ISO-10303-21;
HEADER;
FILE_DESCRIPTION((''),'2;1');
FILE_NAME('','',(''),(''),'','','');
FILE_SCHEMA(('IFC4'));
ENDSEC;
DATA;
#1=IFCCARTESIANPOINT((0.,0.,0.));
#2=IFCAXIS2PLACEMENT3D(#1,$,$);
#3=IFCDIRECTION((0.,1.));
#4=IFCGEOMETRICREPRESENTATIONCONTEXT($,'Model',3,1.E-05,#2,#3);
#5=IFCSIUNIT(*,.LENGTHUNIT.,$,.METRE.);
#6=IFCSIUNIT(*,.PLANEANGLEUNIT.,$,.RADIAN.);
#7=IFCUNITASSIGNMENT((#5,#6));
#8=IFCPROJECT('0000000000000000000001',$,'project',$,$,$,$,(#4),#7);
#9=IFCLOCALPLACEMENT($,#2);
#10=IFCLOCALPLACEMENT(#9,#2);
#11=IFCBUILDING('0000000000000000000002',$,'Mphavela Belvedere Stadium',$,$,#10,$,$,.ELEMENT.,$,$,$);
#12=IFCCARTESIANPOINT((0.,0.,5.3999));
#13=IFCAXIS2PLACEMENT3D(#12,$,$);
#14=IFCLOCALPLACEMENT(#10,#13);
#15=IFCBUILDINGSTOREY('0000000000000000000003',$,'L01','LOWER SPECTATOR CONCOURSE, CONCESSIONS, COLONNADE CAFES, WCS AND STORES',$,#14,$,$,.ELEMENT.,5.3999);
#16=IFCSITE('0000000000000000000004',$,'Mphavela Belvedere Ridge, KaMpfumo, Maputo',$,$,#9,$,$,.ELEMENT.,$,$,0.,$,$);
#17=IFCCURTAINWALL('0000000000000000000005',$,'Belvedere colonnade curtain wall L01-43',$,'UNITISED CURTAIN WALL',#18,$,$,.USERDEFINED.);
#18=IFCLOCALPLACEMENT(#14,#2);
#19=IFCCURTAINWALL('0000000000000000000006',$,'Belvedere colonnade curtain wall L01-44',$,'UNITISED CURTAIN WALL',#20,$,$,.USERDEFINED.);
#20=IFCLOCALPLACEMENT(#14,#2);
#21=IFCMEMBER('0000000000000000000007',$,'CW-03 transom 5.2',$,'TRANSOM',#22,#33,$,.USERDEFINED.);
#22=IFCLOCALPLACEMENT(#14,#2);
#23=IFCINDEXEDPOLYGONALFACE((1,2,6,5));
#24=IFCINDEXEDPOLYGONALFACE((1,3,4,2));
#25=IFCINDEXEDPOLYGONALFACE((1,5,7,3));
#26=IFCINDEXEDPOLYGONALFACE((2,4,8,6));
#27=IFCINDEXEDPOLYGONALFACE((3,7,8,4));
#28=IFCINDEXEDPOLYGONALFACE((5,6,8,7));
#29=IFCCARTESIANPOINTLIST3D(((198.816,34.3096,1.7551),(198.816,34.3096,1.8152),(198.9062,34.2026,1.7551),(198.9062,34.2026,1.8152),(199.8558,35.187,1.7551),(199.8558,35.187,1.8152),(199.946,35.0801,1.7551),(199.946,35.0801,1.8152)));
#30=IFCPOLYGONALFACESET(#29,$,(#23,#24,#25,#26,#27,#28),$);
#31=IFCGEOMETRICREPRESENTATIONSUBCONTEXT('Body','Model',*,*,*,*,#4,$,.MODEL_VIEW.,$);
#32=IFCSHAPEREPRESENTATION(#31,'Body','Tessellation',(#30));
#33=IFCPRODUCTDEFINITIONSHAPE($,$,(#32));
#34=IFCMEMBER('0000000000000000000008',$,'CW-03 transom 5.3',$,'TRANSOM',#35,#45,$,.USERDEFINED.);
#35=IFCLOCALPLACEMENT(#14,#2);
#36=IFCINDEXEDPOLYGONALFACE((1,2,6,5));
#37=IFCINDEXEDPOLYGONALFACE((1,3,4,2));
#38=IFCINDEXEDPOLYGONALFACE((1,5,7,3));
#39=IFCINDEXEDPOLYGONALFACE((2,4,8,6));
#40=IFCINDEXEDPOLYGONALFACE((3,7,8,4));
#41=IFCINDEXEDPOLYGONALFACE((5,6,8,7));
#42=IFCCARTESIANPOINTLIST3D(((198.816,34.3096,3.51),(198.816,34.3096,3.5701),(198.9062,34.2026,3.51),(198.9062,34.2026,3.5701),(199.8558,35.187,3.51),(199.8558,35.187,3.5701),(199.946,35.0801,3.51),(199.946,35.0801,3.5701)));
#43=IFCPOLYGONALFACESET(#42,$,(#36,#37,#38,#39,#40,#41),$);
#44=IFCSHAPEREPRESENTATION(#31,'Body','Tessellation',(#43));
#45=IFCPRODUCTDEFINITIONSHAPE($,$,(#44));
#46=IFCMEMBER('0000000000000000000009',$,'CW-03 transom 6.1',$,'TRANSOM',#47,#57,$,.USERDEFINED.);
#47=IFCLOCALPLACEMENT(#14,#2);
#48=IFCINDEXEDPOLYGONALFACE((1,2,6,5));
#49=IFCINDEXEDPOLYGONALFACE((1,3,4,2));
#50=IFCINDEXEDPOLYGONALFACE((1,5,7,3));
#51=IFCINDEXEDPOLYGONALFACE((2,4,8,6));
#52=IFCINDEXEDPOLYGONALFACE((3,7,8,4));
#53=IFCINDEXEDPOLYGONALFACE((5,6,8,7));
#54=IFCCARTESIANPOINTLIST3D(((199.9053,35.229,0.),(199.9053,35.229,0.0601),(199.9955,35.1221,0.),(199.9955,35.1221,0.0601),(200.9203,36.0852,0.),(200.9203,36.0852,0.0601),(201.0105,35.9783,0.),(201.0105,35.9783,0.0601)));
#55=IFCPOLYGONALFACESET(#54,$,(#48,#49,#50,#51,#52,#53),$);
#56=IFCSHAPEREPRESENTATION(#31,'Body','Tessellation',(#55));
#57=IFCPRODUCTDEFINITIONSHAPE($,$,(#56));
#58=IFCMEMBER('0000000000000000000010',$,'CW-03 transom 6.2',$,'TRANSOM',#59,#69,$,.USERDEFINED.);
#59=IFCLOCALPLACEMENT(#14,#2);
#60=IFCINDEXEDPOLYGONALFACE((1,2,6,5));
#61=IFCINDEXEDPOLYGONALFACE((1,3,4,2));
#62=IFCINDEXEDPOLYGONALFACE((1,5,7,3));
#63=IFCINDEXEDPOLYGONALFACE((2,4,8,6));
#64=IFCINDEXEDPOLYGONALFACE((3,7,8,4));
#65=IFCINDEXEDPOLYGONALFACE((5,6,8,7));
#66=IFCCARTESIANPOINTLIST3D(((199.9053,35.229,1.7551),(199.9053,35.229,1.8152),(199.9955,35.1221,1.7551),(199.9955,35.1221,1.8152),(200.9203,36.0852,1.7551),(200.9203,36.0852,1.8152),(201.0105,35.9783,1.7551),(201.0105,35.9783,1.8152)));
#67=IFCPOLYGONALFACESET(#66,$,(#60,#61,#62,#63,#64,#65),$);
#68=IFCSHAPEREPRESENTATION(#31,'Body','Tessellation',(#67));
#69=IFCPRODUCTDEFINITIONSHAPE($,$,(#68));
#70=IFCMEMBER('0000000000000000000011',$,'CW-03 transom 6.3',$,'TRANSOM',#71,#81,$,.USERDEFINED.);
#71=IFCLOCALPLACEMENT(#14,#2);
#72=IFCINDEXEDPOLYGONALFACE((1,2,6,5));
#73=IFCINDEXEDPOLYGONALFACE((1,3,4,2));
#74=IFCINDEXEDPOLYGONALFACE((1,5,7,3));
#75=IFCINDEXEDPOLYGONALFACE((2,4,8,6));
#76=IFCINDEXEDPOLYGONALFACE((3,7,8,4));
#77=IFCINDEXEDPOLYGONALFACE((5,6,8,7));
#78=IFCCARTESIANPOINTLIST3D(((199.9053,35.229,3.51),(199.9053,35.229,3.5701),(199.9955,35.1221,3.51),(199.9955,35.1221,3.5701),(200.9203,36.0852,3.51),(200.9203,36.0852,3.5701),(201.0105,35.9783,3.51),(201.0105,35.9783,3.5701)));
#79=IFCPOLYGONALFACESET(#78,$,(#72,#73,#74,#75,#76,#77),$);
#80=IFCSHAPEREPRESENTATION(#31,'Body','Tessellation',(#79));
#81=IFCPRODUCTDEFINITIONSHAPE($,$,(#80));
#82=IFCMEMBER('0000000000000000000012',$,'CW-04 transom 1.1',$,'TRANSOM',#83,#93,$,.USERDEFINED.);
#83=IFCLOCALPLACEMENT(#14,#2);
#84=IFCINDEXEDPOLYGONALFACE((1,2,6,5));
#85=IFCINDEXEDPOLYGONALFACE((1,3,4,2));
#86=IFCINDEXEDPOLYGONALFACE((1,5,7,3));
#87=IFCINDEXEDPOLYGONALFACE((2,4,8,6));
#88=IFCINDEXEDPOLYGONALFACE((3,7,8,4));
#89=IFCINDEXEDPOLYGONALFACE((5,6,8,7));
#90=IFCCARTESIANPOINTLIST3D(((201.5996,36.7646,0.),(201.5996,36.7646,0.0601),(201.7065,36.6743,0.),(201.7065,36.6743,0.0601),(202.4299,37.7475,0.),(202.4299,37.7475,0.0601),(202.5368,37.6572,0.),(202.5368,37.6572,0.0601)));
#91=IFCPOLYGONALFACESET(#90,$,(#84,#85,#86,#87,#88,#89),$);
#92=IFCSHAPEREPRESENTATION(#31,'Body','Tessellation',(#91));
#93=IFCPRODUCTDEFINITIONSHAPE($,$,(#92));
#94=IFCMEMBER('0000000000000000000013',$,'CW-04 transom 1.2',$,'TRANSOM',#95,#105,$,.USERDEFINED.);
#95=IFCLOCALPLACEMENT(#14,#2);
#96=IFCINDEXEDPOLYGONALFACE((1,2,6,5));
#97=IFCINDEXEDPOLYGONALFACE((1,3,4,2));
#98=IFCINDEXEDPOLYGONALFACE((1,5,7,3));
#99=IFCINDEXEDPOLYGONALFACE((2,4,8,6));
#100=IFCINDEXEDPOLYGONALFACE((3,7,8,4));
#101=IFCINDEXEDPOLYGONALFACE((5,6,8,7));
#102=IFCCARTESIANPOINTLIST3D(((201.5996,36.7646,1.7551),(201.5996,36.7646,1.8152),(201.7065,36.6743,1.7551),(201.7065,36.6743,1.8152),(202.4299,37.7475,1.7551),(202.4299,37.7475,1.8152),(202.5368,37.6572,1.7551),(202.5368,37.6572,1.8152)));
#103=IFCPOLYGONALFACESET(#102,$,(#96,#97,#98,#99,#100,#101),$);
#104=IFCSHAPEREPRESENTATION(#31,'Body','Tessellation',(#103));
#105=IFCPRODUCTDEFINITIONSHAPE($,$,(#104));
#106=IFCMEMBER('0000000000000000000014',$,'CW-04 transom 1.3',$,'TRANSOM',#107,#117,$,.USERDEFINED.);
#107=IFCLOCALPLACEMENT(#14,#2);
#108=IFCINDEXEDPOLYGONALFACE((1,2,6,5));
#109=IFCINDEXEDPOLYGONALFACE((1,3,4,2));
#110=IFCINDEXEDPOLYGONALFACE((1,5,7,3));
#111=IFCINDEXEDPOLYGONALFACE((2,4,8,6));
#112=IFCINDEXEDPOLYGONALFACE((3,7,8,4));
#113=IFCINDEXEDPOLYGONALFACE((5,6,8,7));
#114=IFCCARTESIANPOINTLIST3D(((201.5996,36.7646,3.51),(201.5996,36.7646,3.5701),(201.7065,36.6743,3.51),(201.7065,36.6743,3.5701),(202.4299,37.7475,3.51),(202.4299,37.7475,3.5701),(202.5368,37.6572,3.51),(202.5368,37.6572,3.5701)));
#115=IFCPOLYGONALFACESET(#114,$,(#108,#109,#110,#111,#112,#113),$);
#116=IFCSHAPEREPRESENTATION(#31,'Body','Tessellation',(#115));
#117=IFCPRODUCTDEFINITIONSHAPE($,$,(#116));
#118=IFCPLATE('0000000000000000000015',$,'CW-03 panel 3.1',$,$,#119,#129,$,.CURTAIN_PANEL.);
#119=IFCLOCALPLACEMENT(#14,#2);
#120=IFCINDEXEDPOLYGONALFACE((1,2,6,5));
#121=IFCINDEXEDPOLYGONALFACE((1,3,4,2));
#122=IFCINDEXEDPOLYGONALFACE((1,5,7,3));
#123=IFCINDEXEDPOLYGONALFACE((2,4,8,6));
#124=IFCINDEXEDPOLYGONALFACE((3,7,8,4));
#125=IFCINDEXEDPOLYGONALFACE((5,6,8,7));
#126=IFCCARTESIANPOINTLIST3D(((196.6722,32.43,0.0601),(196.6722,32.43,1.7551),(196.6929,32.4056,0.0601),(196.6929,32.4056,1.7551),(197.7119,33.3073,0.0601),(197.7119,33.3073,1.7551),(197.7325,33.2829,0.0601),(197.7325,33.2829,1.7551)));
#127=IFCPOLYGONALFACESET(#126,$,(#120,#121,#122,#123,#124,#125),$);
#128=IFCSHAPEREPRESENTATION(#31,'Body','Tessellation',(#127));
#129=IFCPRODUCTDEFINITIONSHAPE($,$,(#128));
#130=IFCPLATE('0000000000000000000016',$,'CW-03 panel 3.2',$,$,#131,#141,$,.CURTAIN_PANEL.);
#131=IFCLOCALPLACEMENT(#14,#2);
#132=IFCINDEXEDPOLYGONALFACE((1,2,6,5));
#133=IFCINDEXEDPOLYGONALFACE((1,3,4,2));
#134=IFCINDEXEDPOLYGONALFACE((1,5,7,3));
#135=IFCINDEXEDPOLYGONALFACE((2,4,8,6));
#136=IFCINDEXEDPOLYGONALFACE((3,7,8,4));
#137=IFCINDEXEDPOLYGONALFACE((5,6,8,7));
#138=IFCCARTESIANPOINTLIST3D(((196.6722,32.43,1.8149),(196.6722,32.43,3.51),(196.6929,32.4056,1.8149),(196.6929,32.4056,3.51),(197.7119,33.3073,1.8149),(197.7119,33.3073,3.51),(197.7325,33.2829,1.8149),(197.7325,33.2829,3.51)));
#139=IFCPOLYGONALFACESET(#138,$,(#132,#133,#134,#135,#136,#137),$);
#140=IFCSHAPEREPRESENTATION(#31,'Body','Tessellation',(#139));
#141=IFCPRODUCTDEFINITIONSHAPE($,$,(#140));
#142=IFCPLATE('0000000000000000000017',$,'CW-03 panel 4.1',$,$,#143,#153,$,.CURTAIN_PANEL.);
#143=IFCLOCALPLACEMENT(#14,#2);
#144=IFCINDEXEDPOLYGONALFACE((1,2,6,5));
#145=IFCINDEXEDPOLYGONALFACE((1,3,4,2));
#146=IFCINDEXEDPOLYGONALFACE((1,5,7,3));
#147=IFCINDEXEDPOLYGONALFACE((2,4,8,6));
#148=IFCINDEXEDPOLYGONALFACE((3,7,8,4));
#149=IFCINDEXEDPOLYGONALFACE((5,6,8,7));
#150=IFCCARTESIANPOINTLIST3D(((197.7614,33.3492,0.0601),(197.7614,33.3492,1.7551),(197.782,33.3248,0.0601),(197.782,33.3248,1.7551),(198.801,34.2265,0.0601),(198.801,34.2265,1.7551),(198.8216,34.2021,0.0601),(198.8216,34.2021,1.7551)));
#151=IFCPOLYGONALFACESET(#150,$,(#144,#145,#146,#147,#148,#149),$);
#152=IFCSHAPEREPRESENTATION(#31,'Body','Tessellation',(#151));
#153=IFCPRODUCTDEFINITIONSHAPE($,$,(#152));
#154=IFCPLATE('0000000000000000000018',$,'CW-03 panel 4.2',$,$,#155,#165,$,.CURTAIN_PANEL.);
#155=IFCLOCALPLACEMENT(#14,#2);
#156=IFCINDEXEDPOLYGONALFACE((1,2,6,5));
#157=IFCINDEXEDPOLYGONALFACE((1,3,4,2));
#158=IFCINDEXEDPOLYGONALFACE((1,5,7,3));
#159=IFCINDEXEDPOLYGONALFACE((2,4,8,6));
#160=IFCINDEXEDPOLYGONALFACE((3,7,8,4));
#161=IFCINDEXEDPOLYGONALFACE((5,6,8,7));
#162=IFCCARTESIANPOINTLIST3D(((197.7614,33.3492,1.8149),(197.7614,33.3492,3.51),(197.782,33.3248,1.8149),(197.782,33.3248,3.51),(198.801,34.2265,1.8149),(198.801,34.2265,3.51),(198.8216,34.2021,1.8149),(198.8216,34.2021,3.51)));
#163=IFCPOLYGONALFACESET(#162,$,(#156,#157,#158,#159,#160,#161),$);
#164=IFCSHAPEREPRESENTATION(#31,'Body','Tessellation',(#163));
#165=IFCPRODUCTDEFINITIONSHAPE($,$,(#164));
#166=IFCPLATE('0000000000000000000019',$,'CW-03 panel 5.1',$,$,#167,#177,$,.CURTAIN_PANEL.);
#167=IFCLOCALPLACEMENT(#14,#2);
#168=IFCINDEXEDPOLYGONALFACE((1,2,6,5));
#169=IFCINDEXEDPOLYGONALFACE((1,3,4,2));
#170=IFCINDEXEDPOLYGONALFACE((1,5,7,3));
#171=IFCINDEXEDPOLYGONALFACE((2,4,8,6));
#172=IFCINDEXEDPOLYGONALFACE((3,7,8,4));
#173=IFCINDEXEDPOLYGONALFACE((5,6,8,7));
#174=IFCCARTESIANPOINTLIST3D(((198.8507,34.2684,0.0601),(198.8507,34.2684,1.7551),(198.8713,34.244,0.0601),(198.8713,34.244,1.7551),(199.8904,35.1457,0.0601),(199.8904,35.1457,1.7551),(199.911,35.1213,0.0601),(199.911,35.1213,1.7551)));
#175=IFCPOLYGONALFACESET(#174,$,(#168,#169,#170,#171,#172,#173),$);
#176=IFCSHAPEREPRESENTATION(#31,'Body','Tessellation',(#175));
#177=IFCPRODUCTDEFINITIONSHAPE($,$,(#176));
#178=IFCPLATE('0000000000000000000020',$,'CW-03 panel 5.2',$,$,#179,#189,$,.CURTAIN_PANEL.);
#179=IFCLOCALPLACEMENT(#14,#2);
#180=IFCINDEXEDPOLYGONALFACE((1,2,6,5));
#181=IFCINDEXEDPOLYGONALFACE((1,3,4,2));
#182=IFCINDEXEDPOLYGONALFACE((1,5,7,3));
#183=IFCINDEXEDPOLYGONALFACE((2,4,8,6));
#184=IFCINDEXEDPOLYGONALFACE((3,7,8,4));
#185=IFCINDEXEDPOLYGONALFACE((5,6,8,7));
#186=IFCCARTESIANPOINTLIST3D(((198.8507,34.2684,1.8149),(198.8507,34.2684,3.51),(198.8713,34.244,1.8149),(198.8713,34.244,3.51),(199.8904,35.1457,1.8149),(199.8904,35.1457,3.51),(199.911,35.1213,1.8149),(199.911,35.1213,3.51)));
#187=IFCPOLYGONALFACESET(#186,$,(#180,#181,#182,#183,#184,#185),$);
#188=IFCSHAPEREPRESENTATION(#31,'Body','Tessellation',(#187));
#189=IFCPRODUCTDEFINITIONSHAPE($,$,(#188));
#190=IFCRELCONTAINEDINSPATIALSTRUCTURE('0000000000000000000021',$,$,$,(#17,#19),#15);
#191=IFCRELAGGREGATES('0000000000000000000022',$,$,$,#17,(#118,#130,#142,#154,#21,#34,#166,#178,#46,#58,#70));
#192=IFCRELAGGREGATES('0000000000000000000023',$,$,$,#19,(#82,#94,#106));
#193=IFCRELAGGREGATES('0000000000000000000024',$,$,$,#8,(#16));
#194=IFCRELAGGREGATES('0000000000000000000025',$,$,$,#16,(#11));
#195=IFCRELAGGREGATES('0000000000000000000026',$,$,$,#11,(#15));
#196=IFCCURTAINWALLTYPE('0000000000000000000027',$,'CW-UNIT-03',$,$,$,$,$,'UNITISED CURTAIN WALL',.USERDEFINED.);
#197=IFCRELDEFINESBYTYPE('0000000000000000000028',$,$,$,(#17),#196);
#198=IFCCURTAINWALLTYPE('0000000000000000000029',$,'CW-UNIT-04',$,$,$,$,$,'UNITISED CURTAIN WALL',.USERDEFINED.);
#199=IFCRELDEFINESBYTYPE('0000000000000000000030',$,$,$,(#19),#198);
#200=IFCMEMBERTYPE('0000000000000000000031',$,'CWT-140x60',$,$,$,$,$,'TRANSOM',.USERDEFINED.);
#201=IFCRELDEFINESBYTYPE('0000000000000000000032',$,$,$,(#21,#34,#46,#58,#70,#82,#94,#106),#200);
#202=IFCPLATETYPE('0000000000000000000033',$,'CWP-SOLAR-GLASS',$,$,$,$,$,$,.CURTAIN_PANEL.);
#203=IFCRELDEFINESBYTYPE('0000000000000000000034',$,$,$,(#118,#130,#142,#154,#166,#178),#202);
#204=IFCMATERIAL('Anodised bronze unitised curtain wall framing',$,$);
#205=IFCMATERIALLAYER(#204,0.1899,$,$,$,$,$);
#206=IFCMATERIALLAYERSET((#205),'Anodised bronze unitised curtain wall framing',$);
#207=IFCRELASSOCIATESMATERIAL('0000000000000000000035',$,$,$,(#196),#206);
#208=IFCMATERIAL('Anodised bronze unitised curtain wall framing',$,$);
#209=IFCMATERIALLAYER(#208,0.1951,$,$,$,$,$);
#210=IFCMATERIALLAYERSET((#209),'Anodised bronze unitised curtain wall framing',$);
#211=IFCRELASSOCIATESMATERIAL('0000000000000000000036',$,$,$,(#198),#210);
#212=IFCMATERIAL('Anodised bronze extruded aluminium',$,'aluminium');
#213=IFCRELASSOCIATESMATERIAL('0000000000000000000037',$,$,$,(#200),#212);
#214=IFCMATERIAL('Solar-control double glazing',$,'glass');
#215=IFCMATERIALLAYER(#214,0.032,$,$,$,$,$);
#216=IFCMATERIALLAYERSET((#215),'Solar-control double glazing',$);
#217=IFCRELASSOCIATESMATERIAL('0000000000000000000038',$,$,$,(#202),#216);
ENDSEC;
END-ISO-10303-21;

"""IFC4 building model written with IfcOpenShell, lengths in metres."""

from ifc_helpers import new_model, si_unit, direction, frame, origin, origin_2d, place, context, subcontext, project, spatial, rectangle, extrude, material, layer, layer_set, material_profile, profile_set, type_object, element, aggregate, save


model = new_model("IFC4")

# Units and contexts
model_context = context("Model", 3, precision=1e-05, world=origin(), true_north=direction((0.0, 1.0)))
body_context = subcontext(model_context, "Body", "Model", "MODEL_VIEW")
ifc_project = project(units=[si_unit("LENGTHUNIT", "METRE"), si_unit("PLANEANGLEUNIT", "RADIAN")], contexts=[model_context])

# Site, building, storey
site_placement = place(None, origin())
site = spatial("IfcSite", under=ifc_project, at=site_placement, Name="Mphavela Belvedere Ridge, KaMpfumo, Maputo", CompositionType="ELEMENT", RefElevation=0.0)
building_placement = place(site_placement, origin())
building = spatial("IfcBuilding", under=site, at=building_placement, Name="Mphavela Belvedere Stadium", CompositionType="ELEMENT")
storey_placement = place(building_placement, frame((0.0, 0.0, 5.3999)))
storey = spatial("IfcBuildingStorey", under=building, at=storey_placement, Name="L01", Description="LOWER SPECTATOR CONCOURSE, CONCESSIONS, COLONNADE CAFES, WCS AND STORES", CompositionType="ELEMENT", Elevation=5.3999)

# Curtain wall
ifc_material_1 = material(Name="Anodised bronze unitised curtain wall framing")
ifc_layer_1 = layer(ifc_material_1, 0.1899)
ifc_layer_set_1 = layer_set([ifc_layer_1], Name="Anodised bronze unitised curtain wall framing")
curtain_wall_type_1 = type_object("IfcCurtainWallType", Name="CW-UNIT-03", ElementType="UNITISED CURTAIN WALL", PredefinedType="USERDEFINED", material=ifc_layer_set_1)
curtain_wall_1_placement = place(storey_placement, origin())
curtain_wall_1 = element("IfcCurtainWall", 1, at=curtain_wall_1_placement, inside=storey, type_object=curtain_wall_type_1, Name="Belvedere colonnade curtain wall L01-43", ObjectType="UNITISED CURTAIN WALL", PredefinedType="USERDEFINED")

# Curtain wall
ifc_material_2 = material(Name="Anodised bronze unitised curtain wall framing")
ifc_layer_2 = layer(ifc_material_2, 0.1951)
ifc_layer_set_2 = layer_set([ifc_layer_2], Name="Anodised bronze unitised curtain wall framing")
curtain_wall_type_2 = type_object("IfcCurtainWallType", Name="CW-UNIT-04", ElementType="UNITISED CURTAIN WALL", PredefinedType="USERDEFINED", material=ifc_layer_set_2)
curtain_wall_2_placement = place(storey_placement, origin())
curtain_wall_2 = element("IfcCurtainWall", 2, at=curtain_wall_2_placement, inside=storey, type_object=curtain_wall_type_2, Name="Belvedere colonnade curtain wall L01-44", ObjectType="UNITISED CURTAIN WALL", PredefinedType="USERDEFINED")

# Members
ifc_material_3 = material(Name="Anodised bronze extruded aluminium", Category="aluminium")
ifc_material_profile_1 = material_profile(ifc_material_3, rectangle(XDim=0.1399, YDim=0.0601, at=origin_2d()), Name="CW-TRN 140x60")
ifc_profile_set_1 = profile_set([ifc_material_profile_1], Name="Anodised bronze extruded aluminium")
member_type_1 = type_object("IfcMemberType", Name="CWT-140x60", ElementType="TRANSOM", PredefinedType="USERDEFINED", material=ifc_profile_set_1)
member_1_placement = place(storey_placement, frame((198.8611, 34.2561, 1.7852), z_axis=(0.76425, 0.64492, 0.0), x_axis=(-0.64492, 0.76425, 0.0)))
member_1 = element("IfcMember", 3, at=member_1_placement, type_object=member_type_1, Name="CW-03 transom 5.2", ObjectType="TRANSOM", PredefinedType="USERDEFINED", context=body_context, shape_type="SweptSolid", body=[
    extrude(rectangle(XDim=0.1399, YDim=0.0601, at=origin_2d()), origin(), (0.0, 0.0, 1.0), 1.3606),
])
member_2_placement = place(storey_placement, frame((198.8611, 34.2561, 3.54), z_axis=(0.76425, 0.64492, 0.0), x_axis=(-0.64492, 0.76425, 0.0)))
member_2 = element("IfcMember", 4, at=member_2_placement, type_object=member_type_1, Name="CW-03 transom 5.3", ObjectType="TRANSOM", PredefinedType="USERDEFINED", context=body_context, shape_type="SweptSolid", body=[
    extrude(rectangle(XDim=0.1399, YDim=0.0601, at=origin_2d()), origin(), (0.0, 0.0, 1.0), 1.3606),
])
member_3_placement = place(storey_placement, frame((199.9504, 35.1755, 0.03), z_axis=(0.764334, 0.644821, 0.0), x_axis=(-0.644821, 0.764334, 0.0)))
member_3 = element("IfcMember", 5, at=member_3_placement, type_object=member_type_1, Name="CW-03 transom 6.1", ObjectType="TRANSOM", PredefinedType="USERDEFINED", context=body_context, shape_type="SweptSolid", body=[
    extrude(rectangle(XDim=0.1399, YDim=0.0601, at=origin_2d()), origin(), (0.0, 0.0, 1.0), 1.3279),
])
member_4_placement = place(storey_placement, frame((199.9504, 35.1755, 1.7852), z_axis=(0.764334, 0.644821, 0.0), x_axis=(-0.644821, 0.764334, 0.0)))
member_4 = element("IfcMember", 6, at=member_4_placement, type_object=member_type_1, Name="CW-03 transom 6.2", ObjectType="TRANSOM", PredefinedType="USERDEFINED", context=body_context, shape_type="SweptSolid", body=[
    extrude(rectangle(XDim=0.1399, YDim=0.0601, at=origin_2d()), origin(), (0.0, 0.0, 1.0), 1.3279),
])
member_5_placement = place(storey_placement, frame((199.9504, 35.1755, 3.54), z_axis=(0.764334, 0.644821, 0.0), x_axis=(-0.644821, 0.764334, 0.0)))
member_5 = element("IfcMember", 7, at=member_5_placement, type_object=member_type_1, Name="CW-03 transom 6.3", ObjectType="TRANSOM", PredefinedType="USERDEFINED", context=body_context, shape_type="SweptSolid", body=[
    extrude(rectangle(XDim=0.1399, YDim=0.0601, at=origin_2d()), origin(), (0.0, 0.0, 1.0), 1.3279),
])
member_6_placement = place(storey_placement, frame((201.6531, 36.7195, 0.03), z_axis=(0.645321, 0.763911, 0.0), x_axis=(-0.763911, 0.645321, 0.0)))
member_6 = element("IfcMember", 8, at=member_6_placement, type_object=member_type_1, Name="CW-04 transom 1.1", ObjectType="TRANSOM", PredefinedType="USERDEFINED", context=body_context, shape_type="SweptSolid", body=[
    extrude(rectangle(XDim=0.1399, YDim=0.0601, at=origin_2d()), origin(), (0.0, 0.0, 1.0), 1.2866),
])
member_7_placement = place(storey_placement, frame((201.6531, 36.7195, 1.7852), z_axis=(0.645321, 0.763911, 0.0), x_axis=(-0.763911, 0.645321, 0.0)))
member_7 = element("IfcMember", 9, at=member_7_placement, type_object=member_type_1, Name="CW-04 transom 1.2", ObjectType="TRANSOM", PredefinedType="USERDEFINED", context=body_context, shape_type="SweptSolid", body=[
    extrude(rectangle(XDim=0.1399, YDim=0.0601, at=origin_2d()), origin(), (0.0, 0.0, 1.0), 1.2866),
])
member_8_placement = place(storey_placement, frame((201.6531, 36.7195, 3.54), z_axis=(0.645321, 0.763911, 0.0), x_axis=(-0.763911, 0.645321, 0.0)))
member_8 = element("IfcMember", 10, at=member_8_placement, type_object=member_type_1, Name="CW-04 transom 1.3", ObjectType="TRANSOM", PredefinedType="USERDEFINED", context=body_context, shape_type="SweptSolid", body=[
    extrude(rectangle(XDim=0.1399, YDim=0.0601, at=origin_2d()), origin(), (0.0, 0.0, 1.0), 1.2866),
])

# Plates
ifc_material_4 = material(Name="Solar-control double glazing", Category="glass")
ifc_layer_3 = layer(ifc_material_4, 0.032)
ifc_layer_set_3 = layer_set([ifc_layer_3], Name="Solar-control double glazing")
plate_type = type_object("IfcPlateType", Name="CWP-SOLAR-GLASS", PredefinedType="CURTAIN_PANEL", material=ifc_layer_set_3)
plate_1_placement = place(storey_placement, frame((197.2024, 32.8564, 0.0601), z_axis=(0.0, 0.0, 1.0), x_axis=(0.764259, 0.64491, 0.0)))
plate_1 = element("IfcPlate", 11, at=plate_1_placement, type_object=plate_type, Name="CW-03 panel 3.1", PredefinedType="CURTAIN_PANEL", context=body_context, shape_type="SweptSolid", body=[
    extrude(rectangle(XDim=1.3604, YDim=0.032, at=origin_2d()), origin(), (0.0, 0.0, 1.0), 1.6951),
])
plate_2_placement = place(storey_placement, frame((197.2024, 32.8564, 1.8149), z_axis=(0.0, 0.0, 1.0), x_axis=(0.764259, 0.64491, 0.0)))
plate_2 = element("IfcPlate", 12, at=plate_2_placement, type_object=plate_type, Name="CW-03 panel 3.2", PredefinedType="CURTAIN_PANEL", context=body_context, shape_type="SweptSolid", body=[
    extrude(rectangle(XDim=1.3604, YDim=0.032, at=origin_2d()), origin(), (0.0, 0.0, 1.0), 1.6951),
])
plate_3_placement = place(storey_placement, frame((198.2915, 33.7756, 0.0601), z_axis=(0.0, 0.0, 1.0), x_axis=(0.764259, 0.64491, 0.0)))
plate_3 = element("IfcPlate", 13, at=plate_3_placement, type_object=plate_type, Name="CW-03 panel 4.1", PredefinedType="CURTAIN_PANEL", context=body_context, shape_type="SweptSolid", body=[
    extrude(rectangle(XDim=1.3604, YDim=0.032, at=origin_2d()), origin(), (0.0, 0.0, 1.0), 1.6951),
])
plate_4_placement = place(storey_placement, frame((198.2915, 33.7756, 1.8149), z_axis=(0.0, 0.0, 1.0), x_axis=(0.764259, 0.64491, 0.0)))
plate_4 = element("IfcPlate", 14, at=plate_4_placement, type_object=plate_type, Name="CW-03 panel 4.2", PredefinedType="CURTAIN_PANEL", context=body_context, shape_type="SweptSolid", body=[
    extrude(rectangle(XDim=1.3604, YDim=0.032, at=origin_2d()), origin(), (0.0, 0.0, 1.0), 1.6951),
])
plate_5_placement = place(storey_placement, frame((199.3809, 34.6948, 0.0601), z_axis=(0.0, 0.0, 1.0), x_axis=(0.764259, 0.64491, 0.0)))
plate_5 = element("IfcPlate", 15, at=plate_5_placement, type_object=plate_type, Name="CW-03 panel 5.1", PredefinedType="CURTAIN_PANEL", context=body_context, shape_type="SweptSolid", body=[
    extrude(rectangle(XDim=1.3604, YDim=0.032, at=origin_2d()), origin(), (0.0, 0.0, 1.0), 1.6951),
])
plate_6_placement = place(storey_placement, frame((199.3809, 34.6948, 1.8149), z_axis=(0.0, 0.0, 1.0), x_axis=(0.764259, 0.64491, 0.0)))
plate_6 = element("IfcPlate", 16, at=plate_6_placement, type_object=plate_type, Name="CW-03 panel 5.2", PredefinedType="CURTAIN_PANEL", context=body_context, shape_type="SweptSolid", body=[
    extrude(rectangle(XDim=1.3604, YDim=0.032, at=origin_2d()), origin(), (0.0, 0.0, 1.0), 1.6951),
])
aggregate(curtain_wall_1, [plate_1, plate_2, plate_3, plate_4, member_1, member_2, plate_5, plate_6, member_3, member_4, member_5])
aggregate(curtain_wall_2, [member_6, member_7, member_8])

save(model, "model.ifc")
